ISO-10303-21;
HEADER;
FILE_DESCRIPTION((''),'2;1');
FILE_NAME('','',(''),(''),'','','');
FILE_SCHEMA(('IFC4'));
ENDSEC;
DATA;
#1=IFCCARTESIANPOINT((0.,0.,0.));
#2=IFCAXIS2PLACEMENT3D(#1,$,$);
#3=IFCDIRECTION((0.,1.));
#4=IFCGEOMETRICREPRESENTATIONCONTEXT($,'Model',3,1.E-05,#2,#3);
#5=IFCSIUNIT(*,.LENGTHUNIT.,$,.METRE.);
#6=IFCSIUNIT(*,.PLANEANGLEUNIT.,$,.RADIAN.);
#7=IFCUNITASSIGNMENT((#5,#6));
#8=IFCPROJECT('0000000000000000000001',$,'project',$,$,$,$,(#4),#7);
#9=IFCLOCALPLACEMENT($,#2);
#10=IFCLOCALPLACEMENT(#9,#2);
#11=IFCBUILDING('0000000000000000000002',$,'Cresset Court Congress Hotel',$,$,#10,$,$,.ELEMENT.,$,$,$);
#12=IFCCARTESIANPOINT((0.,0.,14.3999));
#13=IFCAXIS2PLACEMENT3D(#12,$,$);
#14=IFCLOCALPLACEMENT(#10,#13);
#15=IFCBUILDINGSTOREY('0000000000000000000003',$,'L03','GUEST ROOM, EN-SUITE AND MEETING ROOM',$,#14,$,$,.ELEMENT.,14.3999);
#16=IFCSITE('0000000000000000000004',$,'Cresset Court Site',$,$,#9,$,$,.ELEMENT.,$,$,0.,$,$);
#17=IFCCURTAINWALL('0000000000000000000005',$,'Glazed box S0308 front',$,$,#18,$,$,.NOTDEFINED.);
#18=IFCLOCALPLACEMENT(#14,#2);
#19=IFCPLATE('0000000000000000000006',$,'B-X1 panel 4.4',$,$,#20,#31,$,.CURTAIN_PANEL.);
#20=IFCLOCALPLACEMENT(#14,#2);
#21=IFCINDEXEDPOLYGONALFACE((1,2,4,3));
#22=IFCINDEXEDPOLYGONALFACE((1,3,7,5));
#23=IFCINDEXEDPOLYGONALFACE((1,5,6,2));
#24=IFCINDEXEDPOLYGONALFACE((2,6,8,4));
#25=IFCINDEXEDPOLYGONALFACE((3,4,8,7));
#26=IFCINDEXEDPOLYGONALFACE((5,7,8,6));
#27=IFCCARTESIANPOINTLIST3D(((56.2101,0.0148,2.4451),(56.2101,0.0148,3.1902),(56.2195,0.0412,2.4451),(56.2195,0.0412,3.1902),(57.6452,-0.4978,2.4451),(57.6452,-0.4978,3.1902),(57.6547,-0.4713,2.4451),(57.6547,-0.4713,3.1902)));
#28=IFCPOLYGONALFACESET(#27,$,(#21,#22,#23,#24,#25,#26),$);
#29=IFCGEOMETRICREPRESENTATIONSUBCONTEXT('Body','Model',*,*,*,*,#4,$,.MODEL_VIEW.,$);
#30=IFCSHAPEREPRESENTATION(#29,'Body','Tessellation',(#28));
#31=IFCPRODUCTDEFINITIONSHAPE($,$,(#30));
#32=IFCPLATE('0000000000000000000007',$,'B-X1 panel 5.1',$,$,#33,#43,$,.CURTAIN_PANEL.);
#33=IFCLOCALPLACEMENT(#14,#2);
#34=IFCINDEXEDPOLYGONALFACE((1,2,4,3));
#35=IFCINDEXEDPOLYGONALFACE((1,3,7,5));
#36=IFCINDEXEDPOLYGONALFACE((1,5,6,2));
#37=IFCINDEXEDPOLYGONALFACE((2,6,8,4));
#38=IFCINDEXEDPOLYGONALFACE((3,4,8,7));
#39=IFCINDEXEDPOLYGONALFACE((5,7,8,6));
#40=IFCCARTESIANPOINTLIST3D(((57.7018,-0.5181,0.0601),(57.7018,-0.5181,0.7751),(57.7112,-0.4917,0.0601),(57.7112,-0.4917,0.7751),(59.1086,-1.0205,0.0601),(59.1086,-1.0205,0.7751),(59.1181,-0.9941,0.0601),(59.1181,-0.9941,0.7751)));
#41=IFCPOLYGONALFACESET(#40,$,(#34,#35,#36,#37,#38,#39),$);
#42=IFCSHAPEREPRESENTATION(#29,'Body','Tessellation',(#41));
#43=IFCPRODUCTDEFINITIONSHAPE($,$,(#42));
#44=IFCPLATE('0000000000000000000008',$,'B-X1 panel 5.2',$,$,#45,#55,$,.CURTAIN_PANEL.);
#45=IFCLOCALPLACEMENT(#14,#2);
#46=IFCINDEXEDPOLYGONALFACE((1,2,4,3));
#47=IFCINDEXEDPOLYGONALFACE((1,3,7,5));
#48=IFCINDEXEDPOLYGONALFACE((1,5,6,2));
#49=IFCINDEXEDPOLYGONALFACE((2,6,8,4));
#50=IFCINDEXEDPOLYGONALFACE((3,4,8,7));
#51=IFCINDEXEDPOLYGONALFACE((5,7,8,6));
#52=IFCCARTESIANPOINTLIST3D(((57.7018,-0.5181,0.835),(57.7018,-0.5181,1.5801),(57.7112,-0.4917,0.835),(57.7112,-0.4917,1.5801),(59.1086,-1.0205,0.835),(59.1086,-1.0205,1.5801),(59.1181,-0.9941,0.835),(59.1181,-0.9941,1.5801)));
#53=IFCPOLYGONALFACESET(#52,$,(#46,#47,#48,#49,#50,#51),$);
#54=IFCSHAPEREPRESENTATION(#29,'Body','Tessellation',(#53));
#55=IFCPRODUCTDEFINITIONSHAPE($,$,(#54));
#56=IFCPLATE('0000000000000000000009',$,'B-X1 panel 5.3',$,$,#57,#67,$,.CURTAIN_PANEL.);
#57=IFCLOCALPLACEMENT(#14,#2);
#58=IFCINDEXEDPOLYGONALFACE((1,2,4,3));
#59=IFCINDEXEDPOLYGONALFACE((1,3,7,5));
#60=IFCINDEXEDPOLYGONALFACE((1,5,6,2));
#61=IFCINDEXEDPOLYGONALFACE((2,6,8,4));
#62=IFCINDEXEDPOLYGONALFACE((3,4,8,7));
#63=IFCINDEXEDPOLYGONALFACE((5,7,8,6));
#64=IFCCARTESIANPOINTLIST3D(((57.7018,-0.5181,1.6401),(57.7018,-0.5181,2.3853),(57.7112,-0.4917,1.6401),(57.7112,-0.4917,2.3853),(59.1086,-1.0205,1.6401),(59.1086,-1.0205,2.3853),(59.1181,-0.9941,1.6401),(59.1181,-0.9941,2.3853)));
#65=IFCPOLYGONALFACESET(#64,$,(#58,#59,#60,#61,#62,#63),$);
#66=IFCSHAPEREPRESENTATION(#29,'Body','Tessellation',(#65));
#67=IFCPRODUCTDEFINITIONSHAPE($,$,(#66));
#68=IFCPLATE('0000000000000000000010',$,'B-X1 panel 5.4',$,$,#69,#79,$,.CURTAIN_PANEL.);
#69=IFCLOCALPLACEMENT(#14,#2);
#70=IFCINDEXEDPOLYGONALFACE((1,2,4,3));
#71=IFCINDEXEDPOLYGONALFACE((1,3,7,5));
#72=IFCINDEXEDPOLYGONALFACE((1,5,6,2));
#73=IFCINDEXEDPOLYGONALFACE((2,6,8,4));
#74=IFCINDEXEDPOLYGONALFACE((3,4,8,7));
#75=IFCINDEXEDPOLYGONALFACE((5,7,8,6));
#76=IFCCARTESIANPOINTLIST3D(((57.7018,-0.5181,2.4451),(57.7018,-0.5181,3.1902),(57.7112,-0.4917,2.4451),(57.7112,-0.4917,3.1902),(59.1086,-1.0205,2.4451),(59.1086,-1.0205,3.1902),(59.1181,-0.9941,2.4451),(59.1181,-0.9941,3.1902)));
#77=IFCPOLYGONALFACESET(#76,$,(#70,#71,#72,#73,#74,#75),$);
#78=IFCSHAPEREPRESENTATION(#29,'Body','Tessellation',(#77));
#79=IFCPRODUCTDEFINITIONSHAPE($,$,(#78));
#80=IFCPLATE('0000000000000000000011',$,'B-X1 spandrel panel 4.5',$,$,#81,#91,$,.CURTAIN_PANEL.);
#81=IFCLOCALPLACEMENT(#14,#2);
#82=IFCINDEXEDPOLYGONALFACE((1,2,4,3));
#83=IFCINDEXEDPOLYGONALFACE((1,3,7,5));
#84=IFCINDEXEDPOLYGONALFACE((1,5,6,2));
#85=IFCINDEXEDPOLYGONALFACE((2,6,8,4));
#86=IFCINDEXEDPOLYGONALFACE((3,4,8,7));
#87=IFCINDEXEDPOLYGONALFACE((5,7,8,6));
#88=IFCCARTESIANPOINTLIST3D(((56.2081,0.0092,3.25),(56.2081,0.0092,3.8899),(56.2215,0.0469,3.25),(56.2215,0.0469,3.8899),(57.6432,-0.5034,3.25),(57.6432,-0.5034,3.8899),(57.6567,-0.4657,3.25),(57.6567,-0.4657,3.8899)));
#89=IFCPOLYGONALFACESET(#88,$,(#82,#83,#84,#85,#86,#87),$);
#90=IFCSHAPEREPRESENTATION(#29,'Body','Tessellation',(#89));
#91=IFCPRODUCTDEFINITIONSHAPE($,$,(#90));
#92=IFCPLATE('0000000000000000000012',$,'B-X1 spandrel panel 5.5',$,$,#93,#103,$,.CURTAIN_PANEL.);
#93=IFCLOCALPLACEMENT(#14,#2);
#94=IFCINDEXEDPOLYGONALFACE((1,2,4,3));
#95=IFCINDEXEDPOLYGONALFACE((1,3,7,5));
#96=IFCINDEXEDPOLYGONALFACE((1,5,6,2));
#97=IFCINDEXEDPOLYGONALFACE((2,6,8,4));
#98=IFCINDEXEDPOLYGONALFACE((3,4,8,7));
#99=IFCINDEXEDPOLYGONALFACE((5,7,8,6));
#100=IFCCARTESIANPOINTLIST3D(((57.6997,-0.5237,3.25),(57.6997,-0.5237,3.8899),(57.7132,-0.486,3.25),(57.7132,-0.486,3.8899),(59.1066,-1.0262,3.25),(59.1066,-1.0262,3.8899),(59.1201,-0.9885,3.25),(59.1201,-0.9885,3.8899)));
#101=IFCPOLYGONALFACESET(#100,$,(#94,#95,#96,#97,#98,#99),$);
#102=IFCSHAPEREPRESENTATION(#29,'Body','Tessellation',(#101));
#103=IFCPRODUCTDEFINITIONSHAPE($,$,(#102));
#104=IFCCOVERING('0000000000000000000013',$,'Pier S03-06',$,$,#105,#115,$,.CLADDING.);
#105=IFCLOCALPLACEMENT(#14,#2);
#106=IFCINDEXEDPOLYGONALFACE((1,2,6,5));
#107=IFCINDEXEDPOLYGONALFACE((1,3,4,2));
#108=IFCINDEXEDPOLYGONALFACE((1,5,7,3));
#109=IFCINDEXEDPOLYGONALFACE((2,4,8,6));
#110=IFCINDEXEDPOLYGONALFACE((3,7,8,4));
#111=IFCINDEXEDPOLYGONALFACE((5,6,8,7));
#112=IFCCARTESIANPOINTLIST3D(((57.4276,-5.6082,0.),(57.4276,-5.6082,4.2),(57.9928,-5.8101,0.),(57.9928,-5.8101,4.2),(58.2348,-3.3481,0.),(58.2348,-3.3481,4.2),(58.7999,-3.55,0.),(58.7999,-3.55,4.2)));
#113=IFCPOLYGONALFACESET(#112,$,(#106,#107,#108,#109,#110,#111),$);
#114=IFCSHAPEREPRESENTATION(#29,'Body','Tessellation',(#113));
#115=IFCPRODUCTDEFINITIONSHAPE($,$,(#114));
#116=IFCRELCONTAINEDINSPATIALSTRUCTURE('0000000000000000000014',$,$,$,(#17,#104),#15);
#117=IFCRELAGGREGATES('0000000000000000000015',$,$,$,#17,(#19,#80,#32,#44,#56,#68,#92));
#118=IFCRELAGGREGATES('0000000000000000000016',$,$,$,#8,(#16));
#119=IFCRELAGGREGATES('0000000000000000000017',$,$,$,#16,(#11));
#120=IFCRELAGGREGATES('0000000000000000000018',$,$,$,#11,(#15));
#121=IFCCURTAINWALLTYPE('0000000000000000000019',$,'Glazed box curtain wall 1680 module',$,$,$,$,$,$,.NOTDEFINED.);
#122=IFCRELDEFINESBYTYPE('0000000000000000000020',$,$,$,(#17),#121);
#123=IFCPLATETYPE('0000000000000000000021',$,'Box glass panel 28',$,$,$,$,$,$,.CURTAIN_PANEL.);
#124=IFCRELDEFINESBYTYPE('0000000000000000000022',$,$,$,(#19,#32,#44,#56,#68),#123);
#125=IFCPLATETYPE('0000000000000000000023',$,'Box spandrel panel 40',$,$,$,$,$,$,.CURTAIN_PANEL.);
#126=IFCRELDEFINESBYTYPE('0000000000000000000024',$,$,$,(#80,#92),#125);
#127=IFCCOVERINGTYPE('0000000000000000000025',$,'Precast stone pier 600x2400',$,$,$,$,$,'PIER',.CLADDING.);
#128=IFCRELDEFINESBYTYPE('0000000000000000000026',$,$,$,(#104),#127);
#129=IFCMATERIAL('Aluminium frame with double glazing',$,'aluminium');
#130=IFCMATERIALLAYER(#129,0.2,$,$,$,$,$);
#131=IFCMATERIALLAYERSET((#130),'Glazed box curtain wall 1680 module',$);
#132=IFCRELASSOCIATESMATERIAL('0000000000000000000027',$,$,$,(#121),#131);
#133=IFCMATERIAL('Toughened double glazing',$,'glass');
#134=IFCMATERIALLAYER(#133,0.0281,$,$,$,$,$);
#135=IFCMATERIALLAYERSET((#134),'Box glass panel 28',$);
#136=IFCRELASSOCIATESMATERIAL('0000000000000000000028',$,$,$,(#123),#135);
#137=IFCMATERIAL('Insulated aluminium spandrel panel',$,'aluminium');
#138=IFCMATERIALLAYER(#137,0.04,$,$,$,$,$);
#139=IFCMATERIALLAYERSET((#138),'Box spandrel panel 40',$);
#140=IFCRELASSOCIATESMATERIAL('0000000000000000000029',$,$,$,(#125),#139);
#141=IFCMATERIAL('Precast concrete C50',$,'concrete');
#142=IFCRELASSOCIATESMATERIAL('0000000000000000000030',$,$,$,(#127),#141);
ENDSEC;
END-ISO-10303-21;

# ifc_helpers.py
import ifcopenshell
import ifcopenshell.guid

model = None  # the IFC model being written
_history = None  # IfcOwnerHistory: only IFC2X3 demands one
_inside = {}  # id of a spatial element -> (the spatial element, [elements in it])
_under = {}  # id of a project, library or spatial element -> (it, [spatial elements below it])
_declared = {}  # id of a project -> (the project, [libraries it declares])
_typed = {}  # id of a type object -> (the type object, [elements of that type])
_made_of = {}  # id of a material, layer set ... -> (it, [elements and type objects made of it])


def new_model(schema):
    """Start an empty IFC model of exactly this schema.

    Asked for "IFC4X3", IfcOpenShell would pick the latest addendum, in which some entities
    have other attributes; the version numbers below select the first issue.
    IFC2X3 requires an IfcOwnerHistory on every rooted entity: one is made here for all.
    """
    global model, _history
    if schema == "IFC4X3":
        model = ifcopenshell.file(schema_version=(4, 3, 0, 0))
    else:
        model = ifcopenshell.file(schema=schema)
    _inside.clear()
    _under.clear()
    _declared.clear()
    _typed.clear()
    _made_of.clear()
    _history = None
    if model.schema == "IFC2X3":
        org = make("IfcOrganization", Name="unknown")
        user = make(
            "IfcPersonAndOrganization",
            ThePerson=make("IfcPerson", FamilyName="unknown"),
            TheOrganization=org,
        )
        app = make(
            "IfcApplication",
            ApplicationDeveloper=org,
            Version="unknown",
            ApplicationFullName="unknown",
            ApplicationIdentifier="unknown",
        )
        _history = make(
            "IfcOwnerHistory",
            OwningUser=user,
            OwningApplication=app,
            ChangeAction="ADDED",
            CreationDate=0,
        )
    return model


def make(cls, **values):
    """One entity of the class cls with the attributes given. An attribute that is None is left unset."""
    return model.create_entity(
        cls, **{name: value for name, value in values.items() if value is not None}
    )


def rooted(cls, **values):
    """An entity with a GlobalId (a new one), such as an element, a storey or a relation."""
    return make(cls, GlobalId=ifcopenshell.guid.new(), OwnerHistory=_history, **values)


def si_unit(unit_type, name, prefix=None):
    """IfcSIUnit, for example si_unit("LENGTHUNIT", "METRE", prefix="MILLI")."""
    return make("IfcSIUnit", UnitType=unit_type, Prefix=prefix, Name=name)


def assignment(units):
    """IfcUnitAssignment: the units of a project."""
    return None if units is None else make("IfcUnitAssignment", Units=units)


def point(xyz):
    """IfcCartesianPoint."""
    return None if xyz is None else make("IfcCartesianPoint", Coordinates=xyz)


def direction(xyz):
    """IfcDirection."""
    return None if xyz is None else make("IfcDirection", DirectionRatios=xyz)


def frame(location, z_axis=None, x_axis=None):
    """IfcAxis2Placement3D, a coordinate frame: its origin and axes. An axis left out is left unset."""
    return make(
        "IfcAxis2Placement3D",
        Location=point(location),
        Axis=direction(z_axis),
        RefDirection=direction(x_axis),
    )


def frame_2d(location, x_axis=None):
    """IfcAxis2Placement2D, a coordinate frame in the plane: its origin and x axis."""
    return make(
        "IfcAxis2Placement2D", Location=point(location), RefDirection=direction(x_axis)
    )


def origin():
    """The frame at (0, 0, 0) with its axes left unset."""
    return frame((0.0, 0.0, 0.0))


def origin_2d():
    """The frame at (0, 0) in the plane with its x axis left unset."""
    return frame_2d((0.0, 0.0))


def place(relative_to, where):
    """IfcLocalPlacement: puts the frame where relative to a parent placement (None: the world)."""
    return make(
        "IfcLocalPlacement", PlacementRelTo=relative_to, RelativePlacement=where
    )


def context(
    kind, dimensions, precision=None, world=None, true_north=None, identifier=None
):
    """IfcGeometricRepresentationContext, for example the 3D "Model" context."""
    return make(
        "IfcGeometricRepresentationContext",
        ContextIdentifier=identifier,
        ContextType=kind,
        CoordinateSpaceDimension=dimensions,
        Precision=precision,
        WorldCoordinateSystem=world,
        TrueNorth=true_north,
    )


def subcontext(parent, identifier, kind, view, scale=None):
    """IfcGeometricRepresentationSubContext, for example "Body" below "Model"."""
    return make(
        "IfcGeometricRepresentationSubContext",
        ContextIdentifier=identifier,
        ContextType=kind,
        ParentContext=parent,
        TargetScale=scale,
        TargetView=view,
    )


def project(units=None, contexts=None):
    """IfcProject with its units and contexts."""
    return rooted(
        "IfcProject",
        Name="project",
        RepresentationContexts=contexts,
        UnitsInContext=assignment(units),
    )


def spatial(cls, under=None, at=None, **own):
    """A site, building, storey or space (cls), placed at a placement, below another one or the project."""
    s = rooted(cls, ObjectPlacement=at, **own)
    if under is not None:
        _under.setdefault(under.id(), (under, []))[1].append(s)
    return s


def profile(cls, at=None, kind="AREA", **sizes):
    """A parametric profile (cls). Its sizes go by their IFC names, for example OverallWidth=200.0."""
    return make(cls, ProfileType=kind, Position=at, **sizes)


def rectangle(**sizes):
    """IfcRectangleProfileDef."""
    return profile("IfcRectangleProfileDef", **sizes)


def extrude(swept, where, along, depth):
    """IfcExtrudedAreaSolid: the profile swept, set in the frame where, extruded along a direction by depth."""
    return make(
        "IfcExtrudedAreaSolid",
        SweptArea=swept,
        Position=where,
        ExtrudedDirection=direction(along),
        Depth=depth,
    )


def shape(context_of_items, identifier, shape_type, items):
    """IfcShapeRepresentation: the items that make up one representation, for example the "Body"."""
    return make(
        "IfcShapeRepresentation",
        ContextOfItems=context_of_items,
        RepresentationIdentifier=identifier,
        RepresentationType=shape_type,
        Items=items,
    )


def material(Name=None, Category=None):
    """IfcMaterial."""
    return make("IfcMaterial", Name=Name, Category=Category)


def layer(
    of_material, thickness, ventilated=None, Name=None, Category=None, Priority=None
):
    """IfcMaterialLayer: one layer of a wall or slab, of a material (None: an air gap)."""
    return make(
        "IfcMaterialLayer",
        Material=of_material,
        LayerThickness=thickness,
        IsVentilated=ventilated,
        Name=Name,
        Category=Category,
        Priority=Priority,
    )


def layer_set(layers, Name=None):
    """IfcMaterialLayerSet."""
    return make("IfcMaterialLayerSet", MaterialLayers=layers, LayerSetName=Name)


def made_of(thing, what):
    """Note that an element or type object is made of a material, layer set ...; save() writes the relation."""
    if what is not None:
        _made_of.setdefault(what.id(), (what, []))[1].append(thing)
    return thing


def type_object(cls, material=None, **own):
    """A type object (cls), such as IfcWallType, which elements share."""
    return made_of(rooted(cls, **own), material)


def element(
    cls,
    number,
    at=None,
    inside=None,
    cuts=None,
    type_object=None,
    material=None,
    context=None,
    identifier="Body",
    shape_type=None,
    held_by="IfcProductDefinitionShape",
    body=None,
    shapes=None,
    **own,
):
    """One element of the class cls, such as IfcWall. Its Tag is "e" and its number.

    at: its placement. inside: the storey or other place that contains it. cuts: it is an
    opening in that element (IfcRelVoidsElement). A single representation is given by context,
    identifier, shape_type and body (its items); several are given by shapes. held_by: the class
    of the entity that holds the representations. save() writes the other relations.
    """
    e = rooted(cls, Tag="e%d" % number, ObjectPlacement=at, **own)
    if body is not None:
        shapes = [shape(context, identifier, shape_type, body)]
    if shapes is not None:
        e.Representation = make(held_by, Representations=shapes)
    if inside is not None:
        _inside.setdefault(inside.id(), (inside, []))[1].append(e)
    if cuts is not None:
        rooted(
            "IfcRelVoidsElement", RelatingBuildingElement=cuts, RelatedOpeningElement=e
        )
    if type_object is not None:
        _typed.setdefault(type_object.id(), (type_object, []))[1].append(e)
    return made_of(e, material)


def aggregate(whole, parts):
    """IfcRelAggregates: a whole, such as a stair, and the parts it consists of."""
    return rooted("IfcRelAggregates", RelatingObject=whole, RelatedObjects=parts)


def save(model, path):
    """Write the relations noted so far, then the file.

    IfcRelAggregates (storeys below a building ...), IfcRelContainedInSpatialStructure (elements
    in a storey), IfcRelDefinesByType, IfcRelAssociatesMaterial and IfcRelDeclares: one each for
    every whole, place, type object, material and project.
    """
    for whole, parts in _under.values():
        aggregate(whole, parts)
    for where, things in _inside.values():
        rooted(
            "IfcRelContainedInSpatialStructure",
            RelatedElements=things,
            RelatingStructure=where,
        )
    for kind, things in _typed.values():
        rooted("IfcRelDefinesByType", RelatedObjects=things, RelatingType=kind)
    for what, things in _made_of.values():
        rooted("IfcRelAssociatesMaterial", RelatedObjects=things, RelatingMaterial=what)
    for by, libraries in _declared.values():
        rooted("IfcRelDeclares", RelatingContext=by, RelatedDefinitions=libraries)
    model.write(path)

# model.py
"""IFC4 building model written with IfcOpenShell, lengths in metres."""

from ifc_helpers import new_model, si_unit, direction, frame, origin, origin_2d, place, context, subcontext, project, spatial, rectangle, extrude, material, layer, layer_set, type_object, element, aggregate, save


model = new_model("IFC4")

# Units and contexts
model_context = context("Model", 3, precision=1e-05, world=origin(), true_north=direction((0.0, 1.0)))
body_context = subcontext(model_context, "Body", "Model", "MODEL_VIEW")
ifc_project = project(units=[si_unit("LENGTHUNIT", "METRE"), si_unit("PLANEANGLEUNIT", "RADIAN")], contexts=[model_context])

# Site, building, storey
site_placement = place(None, origin())
site = spatial("IfcSite", under=ifc_project, at=site_placement, Name="Cresset Court Site", CompositionType="ELEMENT", RefElevation=0.0)
building_placement = place(site_placement, origin())
building = spatial("IfcBuilding", under=site, at=building_placement, Name="Cresset Court Congress Hotel", CompositionType="ELEMENT")
storey_placement = place(building_placement, frame((0.0, 0.0, 14.3999)))
storey = spatial("IfcBuildingStorey", under=building, at=storey_placement, Name="L03", Description="GUEST ROOM, EN-SUITE AND MEETING ROOM", CompositionType="ELEMENT", Elevation=14.3999)

# Curtain wall
ifc_material_1 = material(Name="Aluminium frame with double glazing", Category="aluminium")
ifc_layer_1 = layer(ifc_material_1, 0.2)
ifc_layer_set_1 = layer_set([ifc_layer_1], Name="Glazed box curtain wall 1680 module")
curtain_wall_type = type_object("IfcCurtainWallType", Name="Glazed box curtain wall 1680 module", PredefinedType="NOTDEFINED", material=ifc_layer_set_1)
curtain_wall_1_placement = place(storey_placement, origin())
curtain_wall_1 = element("IfcCurtainWall", 1, at=curtain_wall_1_placement, inside=storey, type_object=curtain_wall_type, Name="Glazed box S0308 front", PredefinedType="NOTDEFINED")

# Plates
ifc_material_2 = material(Name="Toughened double glazing", Category="glass")
ifc_layer_2 = layer(ifc_material_2, 0.0281)
ifc_layer_set_2 = layer_set([ifc_layer_2], Name="Box glass panel 28")
plate_type_1 = type_object("IfcPlateType", Name="Box glass panel 28", PredefinedType="CURTAIN_PANEL", material=ifc_layer_set_2)
plate_1_placement = place(storey_placement, frame((56.9324, -0.2283, 2.4451), z_axis=(0.0, 0.0, 1.0), x_axis=(0.941742, -0.336336, 0.0)))
plate_1 = element("IfcPlate", 2, at=plate_1_placement, type_object=plate_type_1, Name="B-X1 panel 4.4", PredefinedType="CURTAIN_PANEL", context=body_context, shape_type="SweptSolid", body=[
    extrude(rectangle(XDim=1.5239, YDim=0.0281, at=origin_2d()), origin(), (0.0, 0.0, 1.0), 0.7451),
])
plate_2_placement = place(storey_placement, frame((58.4099, -0.7561, 0.0601), z_axis=(0.0, 0.0, 1.0), x_axis=(0.941742, -0.336336, 0.0)))
plate_2 = element("IfcPlate", 3, at=plate_2_placement, type_object=plate_type_1, Name="B-X1 panel 5.1", PredefinedType="CURTAIN_PANEL", context=body_context, shape_type="SweptSolid", body=[
    extrude(rectangle(XDim=1.4939, YDim=0.0281, at=origin_2d()), origin(), (0.0, 0.0, 1.0), 0.7151),
])
plate_3_placement = place(storey_placement, frame((58.4099, -0.7561, 0.835), z_axis=(0.0, 0.0, 1.0), x_axis=(0.941742, -0.336336, 0.0)))
plate_3 = element("IfcPlate", 4, at=plate_3_placement, type_object=plate_type_1, Name="B-X1 panel 5.2", PredefinedType="CURTAIN_PANEL", context=body_context, shape_type="SweptSolid", body=[
    extrude(rectangle(XDim=1.4939, YDim=0.0281, at=origin_2d()), origin(), (0.0, 0.0, 1.0), 0.7451),
])
plate_4_placement = place(storey_placement, frame((58.4099, -0.7561, 1.6401), z_axis=(0.0, 0.0, 1.0), x_axis=(0.941742, -0.336336, 0.0)))
plate_4 = element("IfcPlate", 5, at=plate_4_placement, type_object=plate_type_1, Name="B-X1 panel 5.3", PredefinedType="CURTAIN_PANEL", context=body_context, shape_type="SweptSolid", body=[
    extrude(rectangle(XDim=1.4939, YDim=0.0281, at=origin_2d()), origin(), (0.0, 0.0, 1.0), 0.7451),
])
plate_5_placement = place(storey_placement, frame((58.4099, -0.7561, 2.4451), z_axis=(0.0, 0.0, 1.0), x_axis=(0.941742, -0.336336, 0.0)))
plate_5 = element("IfcPlate", 6, at=plate_5_placement, type_object=plate_type_1, Name="B-X1 panel 5.4", PredefinedType="CURTAIN_PANEL", context=body_context, shape_type="SweptSolid", body=[
    extrude(rectangle(XDim=1.4939, YDim=0.0281, at=origin_2d()), origin(), (0.0, 0.0, 1.0), 0.7451),
])
ifc_material_3 = material(Name="Insulated aluminium spandrel panel", Category="aluminium")
ifc_layer_3 = layer(ifc_material_3, 0.04)
ifc_layer_set_3 = layer_set([ifc_layer_3], Name="Box spandrel panel 40")
plate_type_2 = type_object("IfcPlateType", Name="Box spandrel panel 40", PredefinedType="CURTAIN_PANEL", material=ifc_layer_set_3)
plate_6_placement = place(storey_placement, frame((56.9324, -0.2283, 3.25), z_axis=(0.0, 0.0, 1.0), x_axis=(0.941742, -0.336336, 0.0)))
plate_6 = element("IfcPlate", 7, at=plate_6_placement, type_object=plate_type_2, Name="B-X1 spandrel panel 4.5", PredefinedType="CURTAIN_PANEL", context=body_context, shape_type="SweptSolid", body=[
    extrude(rectangle(XDim=1.5239, YDim=0.04, at=origin_2d()), origin(), (0.0, 0.0, 1.0), 0.6399),
])
plate_7_placement = place(storey_placement, frame((58.4099, -0.7561, 3.25), z_axis=(0.0, 0.0, 1.0), x_axis=(0.941742, -0.336336, 0.0)))
plate_7 = element("IfcPlate", 8, at=plate_7_placement, type_object=plate_type_2, Name="B-X1 spandrel panel 5.5", PredefinedType="CURTAIN_PANEL", context=body_context, shape_type="SweptSolid", body=[
    extrude(rectangle(XDim=1.4939, YDim=0.04, at=origin_2d()), origin(), (0.0, 0.0, 1.0), 0.6399),
])
aggregate(curtain_wall_1, [plate_1, plate_6, plate_2, plate_3, plate_4, plate_5, plate_7])

# Covering
ifc_material_4 = material(Name="Precast concrete C50", Category="concrete")
covering_type = type_object("IfcCoveringType", Name="Precast stone pier 600x2400", ElementType="PIER", PredefinedType="CLADDING", material=ifc_material_4)
covering_placement = place(storey_placement, frame((58.1138, -4.5791, 0.0), z_axis=(0.0, 0.0, 1.0), x_axis=(0.941742, -0.336336, 0.0)))
element("IfcCovering", 9, at=covering_placement, inside=storey, type_object=covering_type, Name="Pier S03-06", PredefinedType="CLADDING", context=body_context, shape_type="SweptSolid", body=[
    extrude(rectangle(XDim=0.6001, YDim=2.3999, at=origin_2d()), origin(), (0.0, 0.0, 1.0), 4.2),
])

save(model, "model.ifc")
